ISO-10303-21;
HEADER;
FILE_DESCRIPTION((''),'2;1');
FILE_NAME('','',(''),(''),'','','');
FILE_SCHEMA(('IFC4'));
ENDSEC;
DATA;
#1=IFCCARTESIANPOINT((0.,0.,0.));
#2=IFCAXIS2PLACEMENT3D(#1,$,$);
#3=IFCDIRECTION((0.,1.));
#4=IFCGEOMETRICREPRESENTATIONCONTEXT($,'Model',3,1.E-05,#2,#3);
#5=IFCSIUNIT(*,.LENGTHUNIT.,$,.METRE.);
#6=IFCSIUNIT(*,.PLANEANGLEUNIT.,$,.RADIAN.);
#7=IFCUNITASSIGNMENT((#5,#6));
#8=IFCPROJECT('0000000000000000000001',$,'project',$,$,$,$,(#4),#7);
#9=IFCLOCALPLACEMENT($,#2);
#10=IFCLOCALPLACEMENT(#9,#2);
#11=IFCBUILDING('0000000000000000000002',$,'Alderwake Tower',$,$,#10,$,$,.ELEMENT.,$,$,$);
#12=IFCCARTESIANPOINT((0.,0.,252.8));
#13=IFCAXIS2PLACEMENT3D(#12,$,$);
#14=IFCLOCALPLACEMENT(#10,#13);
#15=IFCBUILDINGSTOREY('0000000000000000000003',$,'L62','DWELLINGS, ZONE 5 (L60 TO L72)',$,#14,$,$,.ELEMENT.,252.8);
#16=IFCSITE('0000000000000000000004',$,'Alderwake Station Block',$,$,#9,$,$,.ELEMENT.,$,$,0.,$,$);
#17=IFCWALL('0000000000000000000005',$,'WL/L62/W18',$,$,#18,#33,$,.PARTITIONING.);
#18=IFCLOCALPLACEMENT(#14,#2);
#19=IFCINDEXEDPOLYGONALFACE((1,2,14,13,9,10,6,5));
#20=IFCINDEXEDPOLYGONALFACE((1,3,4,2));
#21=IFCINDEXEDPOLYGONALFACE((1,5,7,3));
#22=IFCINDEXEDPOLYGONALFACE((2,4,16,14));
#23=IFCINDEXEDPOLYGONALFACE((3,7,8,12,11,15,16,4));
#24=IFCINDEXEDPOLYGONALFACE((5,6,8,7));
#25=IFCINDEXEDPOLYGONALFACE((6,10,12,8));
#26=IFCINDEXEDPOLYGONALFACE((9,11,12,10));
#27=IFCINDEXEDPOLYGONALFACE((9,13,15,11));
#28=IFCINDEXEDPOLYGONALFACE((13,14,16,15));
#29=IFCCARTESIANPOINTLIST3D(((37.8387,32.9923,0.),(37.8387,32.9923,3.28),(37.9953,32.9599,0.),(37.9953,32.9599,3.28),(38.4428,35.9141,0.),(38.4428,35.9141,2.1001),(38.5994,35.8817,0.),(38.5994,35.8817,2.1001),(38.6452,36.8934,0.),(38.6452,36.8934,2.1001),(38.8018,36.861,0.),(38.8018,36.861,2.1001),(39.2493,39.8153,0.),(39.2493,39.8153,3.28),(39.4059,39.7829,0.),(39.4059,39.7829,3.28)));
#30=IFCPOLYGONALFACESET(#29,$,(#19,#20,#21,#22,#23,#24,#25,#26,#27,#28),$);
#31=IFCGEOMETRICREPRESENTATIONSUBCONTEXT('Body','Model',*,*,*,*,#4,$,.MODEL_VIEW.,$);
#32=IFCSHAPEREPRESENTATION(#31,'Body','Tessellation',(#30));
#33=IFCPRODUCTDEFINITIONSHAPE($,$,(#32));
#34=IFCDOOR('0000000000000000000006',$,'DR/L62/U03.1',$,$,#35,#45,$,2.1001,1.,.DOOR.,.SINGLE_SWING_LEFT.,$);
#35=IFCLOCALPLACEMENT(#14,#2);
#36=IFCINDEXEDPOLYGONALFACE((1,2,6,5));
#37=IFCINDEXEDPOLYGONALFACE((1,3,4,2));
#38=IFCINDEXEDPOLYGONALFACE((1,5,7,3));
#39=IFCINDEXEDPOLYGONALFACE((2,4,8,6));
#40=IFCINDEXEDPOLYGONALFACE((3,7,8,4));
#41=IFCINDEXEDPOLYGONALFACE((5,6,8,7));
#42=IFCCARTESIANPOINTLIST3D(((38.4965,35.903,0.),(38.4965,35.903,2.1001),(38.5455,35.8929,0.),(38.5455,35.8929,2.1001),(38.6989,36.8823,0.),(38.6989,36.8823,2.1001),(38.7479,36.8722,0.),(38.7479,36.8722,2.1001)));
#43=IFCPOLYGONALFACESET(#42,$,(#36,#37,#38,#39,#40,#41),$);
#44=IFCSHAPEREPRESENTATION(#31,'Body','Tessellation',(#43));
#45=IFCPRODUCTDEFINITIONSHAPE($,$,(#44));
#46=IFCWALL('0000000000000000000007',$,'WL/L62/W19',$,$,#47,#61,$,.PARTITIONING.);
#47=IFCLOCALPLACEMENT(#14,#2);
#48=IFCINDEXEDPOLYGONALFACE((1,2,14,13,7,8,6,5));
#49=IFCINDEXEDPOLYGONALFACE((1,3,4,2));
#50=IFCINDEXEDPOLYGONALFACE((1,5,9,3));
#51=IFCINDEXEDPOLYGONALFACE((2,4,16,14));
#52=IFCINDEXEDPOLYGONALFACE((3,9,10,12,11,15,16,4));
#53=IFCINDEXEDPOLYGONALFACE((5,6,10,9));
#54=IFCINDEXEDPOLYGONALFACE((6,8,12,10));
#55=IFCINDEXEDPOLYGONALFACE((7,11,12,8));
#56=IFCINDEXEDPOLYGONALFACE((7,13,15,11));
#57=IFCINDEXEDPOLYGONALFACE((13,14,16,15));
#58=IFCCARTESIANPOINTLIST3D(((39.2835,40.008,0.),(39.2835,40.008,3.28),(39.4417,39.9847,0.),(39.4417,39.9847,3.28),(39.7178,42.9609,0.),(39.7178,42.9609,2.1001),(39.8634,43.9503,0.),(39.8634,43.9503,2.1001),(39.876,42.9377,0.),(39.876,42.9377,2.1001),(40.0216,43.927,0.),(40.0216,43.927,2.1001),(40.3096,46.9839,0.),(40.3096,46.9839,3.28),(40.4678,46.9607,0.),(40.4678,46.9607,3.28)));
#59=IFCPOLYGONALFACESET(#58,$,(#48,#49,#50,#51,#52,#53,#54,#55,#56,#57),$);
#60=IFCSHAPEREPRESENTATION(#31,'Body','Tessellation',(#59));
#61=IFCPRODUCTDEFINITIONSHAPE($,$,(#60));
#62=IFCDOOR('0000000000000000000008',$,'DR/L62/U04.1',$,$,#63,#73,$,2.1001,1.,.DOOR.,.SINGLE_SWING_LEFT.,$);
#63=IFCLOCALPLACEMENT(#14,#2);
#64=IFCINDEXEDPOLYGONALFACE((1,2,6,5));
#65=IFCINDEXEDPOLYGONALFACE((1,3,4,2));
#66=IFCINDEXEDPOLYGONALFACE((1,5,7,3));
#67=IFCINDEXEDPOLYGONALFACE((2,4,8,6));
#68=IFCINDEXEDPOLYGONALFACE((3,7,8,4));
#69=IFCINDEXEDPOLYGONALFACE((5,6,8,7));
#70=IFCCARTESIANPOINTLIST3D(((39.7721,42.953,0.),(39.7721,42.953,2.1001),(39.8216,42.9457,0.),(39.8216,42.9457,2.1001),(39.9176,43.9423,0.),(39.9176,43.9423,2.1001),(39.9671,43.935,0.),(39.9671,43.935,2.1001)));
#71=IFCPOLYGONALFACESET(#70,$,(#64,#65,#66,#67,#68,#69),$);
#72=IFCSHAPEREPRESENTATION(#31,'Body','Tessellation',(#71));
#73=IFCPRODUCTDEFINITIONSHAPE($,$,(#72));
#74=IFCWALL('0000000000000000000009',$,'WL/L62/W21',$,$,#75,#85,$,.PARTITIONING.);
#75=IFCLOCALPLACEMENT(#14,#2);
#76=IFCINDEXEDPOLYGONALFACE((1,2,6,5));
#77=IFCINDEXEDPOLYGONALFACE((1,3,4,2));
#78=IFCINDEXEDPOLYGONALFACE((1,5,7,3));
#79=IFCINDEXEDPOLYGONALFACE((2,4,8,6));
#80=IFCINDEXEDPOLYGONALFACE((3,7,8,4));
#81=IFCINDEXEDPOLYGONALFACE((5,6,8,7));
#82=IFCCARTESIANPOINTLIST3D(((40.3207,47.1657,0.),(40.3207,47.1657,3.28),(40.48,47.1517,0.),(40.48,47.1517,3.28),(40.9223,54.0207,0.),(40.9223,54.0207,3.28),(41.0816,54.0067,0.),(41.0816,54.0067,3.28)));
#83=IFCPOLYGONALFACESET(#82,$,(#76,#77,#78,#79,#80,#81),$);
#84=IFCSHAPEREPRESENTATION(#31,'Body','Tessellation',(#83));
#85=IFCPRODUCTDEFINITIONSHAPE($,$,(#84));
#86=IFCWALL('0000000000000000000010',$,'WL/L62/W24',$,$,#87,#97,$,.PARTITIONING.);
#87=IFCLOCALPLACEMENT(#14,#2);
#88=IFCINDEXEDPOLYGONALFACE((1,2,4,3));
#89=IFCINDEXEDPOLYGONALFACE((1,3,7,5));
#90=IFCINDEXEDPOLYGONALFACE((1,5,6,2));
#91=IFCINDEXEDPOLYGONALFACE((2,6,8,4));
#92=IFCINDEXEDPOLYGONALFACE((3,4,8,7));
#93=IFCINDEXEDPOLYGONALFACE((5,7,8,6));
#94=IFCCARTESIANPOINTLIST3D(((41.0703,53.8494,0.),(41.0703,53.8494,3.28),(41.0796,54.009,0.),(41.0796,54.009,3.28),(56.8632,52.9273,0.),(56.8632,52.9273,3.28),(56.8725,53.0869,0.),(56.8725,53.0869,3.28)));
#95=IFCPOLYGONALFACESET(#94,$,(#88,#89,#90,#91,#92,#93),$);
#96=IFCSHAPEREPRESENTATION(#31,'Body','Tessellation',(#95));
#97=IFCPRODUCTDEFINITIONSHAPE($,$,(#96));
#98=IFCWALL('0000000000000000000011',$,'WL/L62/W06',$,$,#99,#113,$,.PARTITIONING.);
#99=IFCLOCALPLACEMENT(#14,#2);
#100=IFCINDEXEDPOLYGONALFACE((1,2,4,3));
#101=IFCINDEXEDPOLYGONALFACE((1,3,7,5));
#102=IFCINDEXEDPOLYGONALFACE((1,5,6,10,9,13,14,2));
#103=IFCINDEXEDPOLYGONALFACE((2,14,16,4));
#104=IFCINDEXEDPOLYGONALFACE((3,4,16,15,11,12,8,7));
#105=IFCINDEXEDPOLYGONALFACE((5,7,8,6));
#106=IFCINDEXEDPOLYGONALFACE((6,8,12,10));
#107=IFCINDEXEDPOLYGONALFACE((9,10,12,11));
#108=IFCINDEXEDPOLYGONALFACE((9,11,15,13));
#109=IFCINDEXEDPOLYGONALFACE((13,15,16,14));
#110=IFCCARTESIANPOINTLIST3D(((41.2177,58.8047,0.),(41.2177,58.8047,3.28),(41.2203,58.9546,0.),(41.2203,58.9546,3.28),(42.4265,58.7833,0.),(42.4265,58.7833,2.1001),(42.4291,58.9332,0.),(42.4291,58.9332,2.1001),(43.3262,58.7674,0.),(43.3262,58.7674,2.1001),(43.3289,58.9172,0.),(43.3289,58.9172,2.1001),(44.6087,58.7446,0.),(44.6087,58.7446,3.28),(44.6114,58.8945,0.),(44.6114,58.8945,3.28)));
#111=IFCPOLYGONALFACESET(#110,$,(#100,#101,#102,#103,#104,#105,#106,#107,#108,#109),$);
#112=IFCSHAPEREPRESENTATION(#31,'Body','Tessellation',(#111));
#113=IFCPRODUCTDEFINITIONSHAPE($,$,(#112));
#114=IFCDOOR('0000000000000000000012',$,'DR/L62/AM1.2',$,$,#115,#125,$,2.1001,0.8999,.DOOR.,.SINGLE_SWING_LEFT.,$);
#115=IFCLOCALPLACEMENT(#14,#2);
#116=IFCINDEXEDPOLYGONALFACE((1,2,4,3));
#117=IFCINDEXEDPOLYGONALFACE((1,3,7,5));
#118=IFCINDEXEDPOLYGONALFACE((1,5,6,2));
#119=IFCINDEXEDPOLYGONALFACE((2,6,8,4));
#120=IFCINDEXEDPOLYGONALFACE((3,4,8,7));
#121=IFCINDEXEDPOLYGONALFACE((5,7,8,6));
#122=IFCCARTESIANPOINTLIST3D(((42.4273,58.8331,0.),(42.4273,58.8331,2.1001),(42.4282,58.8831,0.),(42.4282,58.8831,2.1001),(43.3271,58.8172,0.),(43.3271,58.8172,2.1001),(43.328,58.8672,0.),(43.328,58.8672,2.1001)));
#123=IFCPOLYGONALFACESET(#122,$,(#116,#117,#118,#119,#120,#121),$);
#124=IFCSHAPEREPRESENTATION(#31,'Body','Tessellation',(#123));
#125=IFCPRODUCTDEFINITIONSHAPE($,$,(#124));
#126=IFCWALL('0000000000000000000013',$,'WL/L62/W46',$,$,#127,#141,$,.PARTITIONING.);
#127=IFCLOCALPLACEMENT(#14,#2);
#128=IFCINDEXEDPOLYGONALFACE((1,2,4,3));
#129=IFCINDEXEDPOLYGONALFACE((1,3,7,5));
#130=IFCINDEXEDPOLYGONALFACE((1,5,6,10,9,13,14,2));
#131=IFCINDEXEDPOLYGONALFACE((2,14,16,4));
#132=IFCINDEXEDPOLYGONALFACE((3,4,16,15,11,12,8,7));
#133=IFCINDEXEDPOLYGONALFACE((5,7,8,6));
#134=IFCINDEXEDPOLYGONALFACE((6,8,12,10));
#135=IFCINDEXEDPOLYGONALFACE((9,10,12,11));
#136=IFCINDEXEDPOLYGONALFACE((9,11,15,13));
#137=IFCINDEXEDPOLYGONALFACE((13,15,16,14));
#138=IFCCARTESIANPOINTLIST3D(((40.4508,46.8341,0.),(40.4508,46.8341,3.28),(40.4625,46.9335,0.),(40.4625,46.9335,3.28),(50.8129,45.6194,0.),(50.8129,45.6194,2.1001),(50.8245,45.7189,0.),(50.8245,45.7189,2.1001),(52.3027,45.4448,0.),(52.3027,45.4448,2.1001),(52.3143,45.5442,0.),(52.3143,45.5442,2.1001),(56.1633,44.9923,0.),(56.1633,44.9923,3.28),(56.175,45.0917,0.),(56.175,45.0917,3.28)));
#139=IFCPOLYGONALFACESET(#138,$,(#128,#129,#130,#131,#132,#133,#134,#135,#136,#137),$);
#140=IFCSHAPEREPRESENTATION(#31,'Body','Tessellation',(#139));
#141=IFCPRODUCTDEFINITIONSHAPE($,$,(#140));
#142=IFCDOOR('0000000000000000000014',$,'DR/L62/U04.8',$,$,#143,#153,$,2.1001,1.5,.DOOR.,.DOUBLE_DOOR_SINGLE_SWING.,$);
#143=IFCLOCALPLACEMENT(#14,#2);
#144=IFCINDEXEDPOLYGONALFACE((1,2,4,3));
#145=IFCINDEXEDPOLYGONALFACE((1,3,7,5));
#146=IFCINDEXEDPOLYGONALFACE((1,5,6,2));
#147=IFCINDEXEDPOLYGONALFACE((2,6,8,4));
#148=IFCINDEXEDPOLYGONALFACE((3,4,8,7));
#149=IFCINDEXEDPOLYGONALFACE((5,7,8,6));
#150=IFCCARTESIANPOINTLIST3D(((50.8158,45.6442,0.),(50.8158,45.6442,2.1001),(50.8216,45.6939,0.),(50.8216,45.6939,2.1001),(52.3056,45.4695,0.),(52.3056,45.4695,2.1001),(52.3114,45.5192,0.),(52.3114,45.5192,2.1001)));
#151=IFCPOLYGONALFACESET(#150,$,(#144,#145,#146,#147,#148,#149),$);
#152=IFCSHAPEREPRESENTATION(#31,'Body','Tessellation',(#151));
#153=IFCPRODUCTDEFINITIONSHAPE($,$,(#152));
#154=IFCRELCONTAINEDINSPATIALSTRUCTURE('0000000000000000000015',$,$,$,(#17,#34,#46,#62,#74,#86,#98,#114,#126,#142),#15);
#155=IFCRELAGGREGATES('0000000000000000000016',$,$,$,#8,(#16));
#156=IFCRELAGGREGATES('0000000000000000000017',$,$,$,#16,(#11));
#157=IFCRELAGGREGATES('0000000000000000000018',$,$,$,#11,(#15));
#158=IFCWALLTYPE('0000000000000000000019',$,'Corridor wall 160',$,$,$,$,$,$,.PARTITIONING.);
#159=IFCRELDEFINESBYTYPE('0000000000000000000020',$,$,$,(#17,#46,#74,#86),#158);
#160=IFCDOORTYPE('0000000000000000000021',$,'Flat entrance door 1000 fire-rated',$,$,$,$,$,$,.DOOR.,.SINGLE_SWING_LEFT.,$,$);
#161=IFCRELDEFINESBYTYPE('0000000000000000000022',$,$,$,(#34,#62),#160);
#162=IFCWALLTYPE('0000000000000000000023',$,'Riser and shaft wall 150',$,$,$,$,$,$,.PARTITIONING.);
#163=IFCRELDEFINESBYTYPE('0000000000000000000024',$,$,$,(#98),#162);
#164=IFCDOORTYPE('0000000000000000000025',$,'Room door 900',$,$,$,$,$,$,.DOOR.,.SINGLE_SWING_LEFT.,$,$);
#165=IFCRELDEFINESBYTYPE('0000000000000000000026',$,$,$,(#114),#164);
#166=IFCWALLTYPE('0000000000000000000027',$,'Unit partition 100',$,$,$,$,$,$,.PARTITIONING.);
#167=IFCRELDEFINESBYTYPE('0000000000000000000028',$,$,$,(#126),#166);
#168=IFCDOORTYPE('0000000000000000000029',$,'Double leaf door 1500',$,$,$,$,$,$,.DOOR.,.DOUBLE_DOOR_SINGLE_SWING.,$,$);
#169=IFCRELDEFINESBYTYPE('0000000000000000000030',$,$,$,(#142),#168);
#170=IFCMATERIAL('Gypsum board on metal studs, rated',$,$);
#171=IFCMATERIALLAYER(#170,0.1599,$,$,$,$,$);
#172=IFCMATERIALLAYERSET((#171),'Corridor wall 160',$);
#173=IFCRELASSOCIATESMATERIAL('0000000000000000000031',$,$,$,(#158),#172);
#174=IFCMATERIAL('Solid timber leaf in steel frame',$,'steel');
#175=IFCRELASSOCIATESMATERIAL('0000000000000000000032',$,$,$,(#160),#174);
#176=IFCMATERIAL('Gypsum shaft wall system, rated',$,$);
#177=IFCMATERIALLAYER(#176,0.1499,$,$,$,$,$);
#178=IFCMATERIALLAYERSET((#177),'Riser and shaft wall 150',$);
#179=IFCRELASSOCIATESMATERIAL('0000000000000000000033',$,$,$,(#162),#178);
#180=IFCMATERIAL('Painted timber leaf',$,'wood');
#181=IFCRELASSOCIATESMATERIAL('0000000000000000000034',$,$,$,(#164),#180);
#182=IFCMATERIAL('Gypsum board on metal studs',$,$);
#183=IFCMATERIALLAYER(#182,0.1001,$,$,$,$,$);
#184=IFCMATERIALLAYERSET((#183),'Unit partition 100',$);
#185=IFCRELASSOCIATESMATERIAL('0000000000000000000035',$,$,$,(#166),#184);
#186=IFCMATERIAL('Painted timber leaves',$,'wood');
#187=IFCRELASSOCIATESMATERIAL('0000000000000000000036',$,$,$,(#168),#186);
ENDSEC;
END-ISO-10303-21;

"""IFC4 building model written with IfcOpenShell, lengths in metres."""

from ifc_helpers import new_model, si_unit, direction, frame, frame_2d, origin, place, context, subcontext, project, spatial, rectangle, extrude, material, layer, layer_set, type_object, element, fill, save


model = new_model("IFC4")

# Units and contexts
model_context = context("Model", 3, precision=1e-05, world=origin(), true_north=direction((0.0, 1.0)))
body_context = subcontext(model_context, "Body", "Model", "MODEL_VIEW")
ifc_project = project(units=[si_unit("LENGTHUNIT", "METRE"), si_unit("PLANEANGLEUNIT", "RADIAN")], contexts=[model_context])

# Site, building, storey
site_placement = place(None, origin())
site = spatial("IfcSite", under=ifc_project, at=site_placement, Name="Alderwake Station Block", CompositionType="ELEMENT", RefElevation=0.0)
building_placement = place(site_placement, origin())
building = spatial("IfcBuilding", under=site, at=building_placement, Name="Alderwake Tower", CompositionType="ELEMENT")
storey_placement = place(building_placement, frame((0.0, 0.0, 252.8)))
storey = spatial("IfcBuildingStorey", under=building, at=storey_placement, Name="L62", Description="DWELLINGS, ZONE 5 (L60 TO L72)", CompositionType="ELEMENT", Elevation=252.8)

# Walls, openings, doors
ifc_material_1 = material(Name="Gypsum board on metal studs, rated")
ifc_layer_1 = layer(ifc_material_1, 0.1599)
ifc_layer_set_1 = layer_set([ifc_layer_1], Name="Corridor wall 160")
wall_type_1 = type_object("IfcWallType", Name="Corridor wall 160", PredefinedType="PARTITIONING", material=ifc_layer_set_1)
wall_1_placement = place(storey_placement, frame((39.3276, 39.7991, 0.0), z_axis=(0.0, 0.0, 1.0), x_axis=(-0.202467, -0.979289, 0.0)))
wall_1 = element("IfcWall", 1, at=wall_1_placement, inside=storey, type_object=wall_type_1, Name="WL/L62/W18", PredefinedType="PARTITIONING", context=body_context, shape_type="SweptSolid", body=[
    extrude(rectangle(XDim=6.9673, YDim=0.1599, at=frame_2d((3.4836, 0.0))), origin(), (0.0, 0.0, 1.0), 3.28),
])
opening_1_placement = place(wall_1_placement, frame((2.9836, 0.0, 0.0)))
opening_1 = element("IfcOpeningElement", 2, at=opening_1_placement, cuts=wall_1, PredefinedType="OPENING", context=body_context, shape_type="SweptSolid", body=[
    extrude(rectangle(XDim=1.0, YDim=2.1001, at=frame_2d((0.5, 1.05))), frame((0.0, 0.0898, 0.0), z_axis=(0.0, -1.0, 0.0), x_axis=(1.0, 0.0, 0.0)), (0.0, 0.0, 1.0), 0.1799),
])
ifc_material_2 = material(Name="Solid timber leaf in steel frame", Category="steel")
door_type_1 = type_object("IfcDoorType", Name="Flat entrance door 1000 fire-rated", OperationType="SINGLE_SWING_LEFT", PredefinedType="DOOR", material=ifc_material_2)
door_1_placement = place(opening_1_placement, origin())
door_1 = element("IfcDoor", 3, at=door_1_placement, inside=storey, type_object=door_type_1, Name="DR/L62/U03.1", OperationType="SINGLE_SWING_LEFT", OverallHeight=2.1001, OverallWidth=1.0, PredefinedType="DOOR", context=body_context, shape_type="SweptSolid", body=[
    extrude(rectangle(XDim=1.0, YDim=2.1001, at=frame_2d((0.5, 1.05))), frame((0.0, 0.0249, 0.0), z_axis=(0.0, -1.0, 0.0), x_axis=(1.0, 0.0, 0.0)), (0.0, 0.0, 1.0), 0.05),
])
fill(opening_1, door_1)
wall_2_placement = place(storey_placement, frame((40.3887, 46.9722, 0.0), z_axis=(0.0, 0.0, 1.0), x_axis=(-0.145526, -0.989354, 0.0)))
wall_2 = element("IfcWall", 4, at=wall_2_placement, inside=storey, type_object=wall_type_1, Name="WL/L62/W19", PredefinedType="PARTITIONING", context=body_context, shape_type="SweptSolid", body=[
    extrude(rectangle(XDim=7.051, YDim=0.1599, at=frame_2d((3.5254, 0.0))), origin(), (0.0, 0.0, 1.0), 3.28),
])
opening_2_placement = place(wall_2_placement, frame((3.0662, 0.0, 0.0)))
opening_2 = element("IfcOpeningElement", 5, at=opening_2_placement, cuts=wall_2, PredefinedType="OPENING", context=body_context, shape_type="SweptSolid", body=[
    extrude(rectangle(XDim=1.0, YDim=2.1001, at=frame_2d((0.5, 1.05))), frame((0.0, 0.0898, 0.0), z_axis=(0.0, -1.0, 0.0), x_axis=(1.0, 0.0, 0.0)), (0.0, 0.0, 1.0), 0.1799),
])
door_2_placement = place(opening_2_placement, origin())
door_2 = element("IfcDoor", 6, at=door_2_placement, inside=storey, type_object=door_type_1, Name="DR/L62/U04.1", OperationType="SINGLE_SWING_LEFT", OverallHeight=2.1001, OverallWidth=1.0, PredefinedType="DOOR", context=body_context, shape_type="SweptSolid", body=[
    extrude(rectangle(XDim=1.0, YDim=2.1001, at=frame_2d((0.5, 1.05))), frame((0.0, 0.0249, 0.0), z_axis=(0.0, -1.0, 0.0), x_axis=(1.0, 0.0, 0.0)), (0.0, 0.0, 1.0), 0.05),
])
fill(opening_2, door_2)

# Walls
wall_3_placement = place(storey_placement, frame((40.4004, 47.1587, 0.0), z_axis=(0.0, 0.0, 1.0), x_axis=(0.08742, 0.996172, 0.0)))
element("IfcWall", 7, at=wall_3_placement, inside=storey, type_object=wall_type_1, Name="WL/L62/W21", PredefinedType="PARTITIONING", context=body_context, shape_type="SweptSolid", body=[
    extrude(rectangle(XDim=6.8813, YDim=0.1599, at=frame_2d((3.4407, 0.0))), origin(), (0.0, 0.0, 1.0), 3.28),
])
wall_4_placement = place(storey_placement, frame((41.075, 53.9292, 0.0), z_axis=(0.0, 0.0, 1.0), x_axis=(0.9983, -0.058289, 0.0)))
element("IfcWall", 8, at=wall_4_placement, inside=storey, type_object=wall_type_1, Name="WL/L62/W24", PredefinedType="PARTITIONING", context=body_context, shape_type="SweptSolid", body=[
    extrude(rectangle(XDim=15.8198, YDim=0.1599, at=frame_2d((7.9099, 0.0))), origin(), (0.0, 0.0, 1.0), 3.28),
])

# Walls, openings, doors
ifc_material_3 = material(Name="Gypsum shaft wall system, rated")
ifc_layer_2 = layer(ifc_material_3, 0.1499)
ifc_layer_set_2 = layer_set([ifc_layer_2], Name="Riser and shaft wall 150")
wall_type_2 = type_object("IfcWallType", Name="Riser and shaft wall 150", PredefinedType="PARTITIONING", material=ifc_layer_set_2)
wall_5_placement = place(storey_placement, frame((41.219, 58.8796, 0.0), z_axis=(0.0, 0.0, 1.0), x_axis=(0.999843, -0.017708, 0.0)))
wall_5 = element("IfcWall", 9, at=wall_5_placement, inside=storey, type_object=wall_type_2, Name="WL/L62/W06", PredefinedType="PARTITIONING", context=body_context, shape_type="SweptSolid", body=[
    extrude(rectangle(XDim=3.3916, YDim=0.1499, at=frame_2d((1.6958, 0.0))), origin(), (0.0, 0.0, 1.0), 3.28),
])
opening_3_placement = place(wall_5_placement, frame((1.209, 0.0, 0.0)))
opening_3 = element("IfcOpeningElement", 10, at=opening_3_placement, cuts=wall_5, PredefinedType="OPENING", context=body_context, shape_type="SweptSolid", body=[
    extrude(rectangle(XDim=0.8999, YDim=2.1001, at=frame_2d((0.45, 1.05))), frame((0.0, 0.085, 0.0), z_axis=(0.0, -1.0, 0.0), x_axis=(1.0, 0.0, 0.0)), (0.0, 0.0, 1.0), 0.1699),
])
ifc_material_4 = material(Name="Painted timber leaf", Category="wood")
door_type_2 = type_object("IfcDoorType", Name="Room door 900", OperationType="SINGLE_SWING_LEFT", PredefinedType="DOOR", material=ifc_material_4)
door_3_placement = place(opening_3_placement, origin())
door_3 = element("IfcDoor", 11, at=door_3_placement, inside=storey, type_object=door_type_2, Name="DR/L62/AM1.2", OperationType="SINGLE_SWING_LEFT", OverallHeight=2.1001, OverallWidth=0.8999, PredefinedType="DOOR", context=body_context, shape_type="SweptSolid", body=[
    extrude(rectangle(XDim=0.8999, YDim=2.1001, at=frame_2d((0.45, 1.05))), frame((0.0, 0.0249, 0.0), z_axis=(0.0, -1.0, 0.0), x_axis=(1.0, 0.0, 0.0)), (0.0, 0.0, 1.0), 0.05),
])
fill(opening_3, door_3)
ifc_material_5 = material(Name="Gypsum board on metal studs")
ifc_layer_3 = layer(ifc_material_5, 0.1001)
ifc_layer_set_3 = layer_set([ifc_layer_3], Name="Unit partition 100")
wall_type_3 = type_object("IfcWallType", Name="Unit partition 100", PredefinedType="PARTITIONING", material=ifc_layer_set_3)
wall_6_placement = place(storey_placement, frame((40.4565, 46.8838, 0.0), z_axis=(0.0, 0.0, 1.0), x_axis=(0.9932, -0.116422, 0.0)))
wall_6 = element("IfcWall", 12, at=wall_6_placement, inside=storey, type_object=wall_type_3, Name="WL/L62/W46", PredefinedType="PARTITIONING", context=body_context, shape_type="SweptSolid", body=[
    extrude(rectangle(XDim=15.8201, YDim=0.1001, at=frame_2d((7.9102, 0.0))), origin(), (0.0, 0.0, 1.0), 3.28),
])
opening_4_placement = place(wall_6_placement, frame((10.4331, 0.0, 0.0)))
opening_4 = element("IfcOpeningElement", 13, at=opening_4_placement, cuts=wall_6, PredefinedType="OPENING", context=body_context, shape_type="SweptSolid", body=[
    extrude(rectangle(XDim=1.5, YDim=2.1001, at=frame_2d((0.75, 1.05))), frame((0.0, 0.0601, 0.0), z_axis=(0.0, -1.0, 0.0), x_axis=(1.0, 0.0, 0.0)), (0.0, 0.0, 1.0), 0.1201),
])
ifc_material_6 = material(Name="Painted timber leaves", Category="wood")
door_type_3 = type_object("IfcDoorType", Name="Double leaf door 1500", OperationType="DOUBLE_DOOR_SINGLE_SWING", PredefinedType="DOOR", material=ifc_material_6)
door_4_placement = place(opening_4_placement, origin())
door_4 = element("IfcDoor", 14, at=door_4_placement, inside=storey, type_object=door_type_3, Name="DR/L62/U04.8", OperationType="DOUBLE_DOOR_SINGLE_SWING", OverallHeight=2.1001, OverallWidth=1.5, PredefinedType="DOOR", context=body_context, shape_type="SweptSolid", body=[
    extrude(rectangle(XDim=1.5, YDim=2.1001, at=frame_2d((0.75, 1.05))), frame((0.0, 0.0249, 0.0), z_axis=(0.0, -1.0, 0.0), x_axis=(1.0, 0.0, 0.0)), (0.0, 0.0, 1.0), 0.05),
])
fill(opening_4, door_4)

save(model, "model.ifc")
